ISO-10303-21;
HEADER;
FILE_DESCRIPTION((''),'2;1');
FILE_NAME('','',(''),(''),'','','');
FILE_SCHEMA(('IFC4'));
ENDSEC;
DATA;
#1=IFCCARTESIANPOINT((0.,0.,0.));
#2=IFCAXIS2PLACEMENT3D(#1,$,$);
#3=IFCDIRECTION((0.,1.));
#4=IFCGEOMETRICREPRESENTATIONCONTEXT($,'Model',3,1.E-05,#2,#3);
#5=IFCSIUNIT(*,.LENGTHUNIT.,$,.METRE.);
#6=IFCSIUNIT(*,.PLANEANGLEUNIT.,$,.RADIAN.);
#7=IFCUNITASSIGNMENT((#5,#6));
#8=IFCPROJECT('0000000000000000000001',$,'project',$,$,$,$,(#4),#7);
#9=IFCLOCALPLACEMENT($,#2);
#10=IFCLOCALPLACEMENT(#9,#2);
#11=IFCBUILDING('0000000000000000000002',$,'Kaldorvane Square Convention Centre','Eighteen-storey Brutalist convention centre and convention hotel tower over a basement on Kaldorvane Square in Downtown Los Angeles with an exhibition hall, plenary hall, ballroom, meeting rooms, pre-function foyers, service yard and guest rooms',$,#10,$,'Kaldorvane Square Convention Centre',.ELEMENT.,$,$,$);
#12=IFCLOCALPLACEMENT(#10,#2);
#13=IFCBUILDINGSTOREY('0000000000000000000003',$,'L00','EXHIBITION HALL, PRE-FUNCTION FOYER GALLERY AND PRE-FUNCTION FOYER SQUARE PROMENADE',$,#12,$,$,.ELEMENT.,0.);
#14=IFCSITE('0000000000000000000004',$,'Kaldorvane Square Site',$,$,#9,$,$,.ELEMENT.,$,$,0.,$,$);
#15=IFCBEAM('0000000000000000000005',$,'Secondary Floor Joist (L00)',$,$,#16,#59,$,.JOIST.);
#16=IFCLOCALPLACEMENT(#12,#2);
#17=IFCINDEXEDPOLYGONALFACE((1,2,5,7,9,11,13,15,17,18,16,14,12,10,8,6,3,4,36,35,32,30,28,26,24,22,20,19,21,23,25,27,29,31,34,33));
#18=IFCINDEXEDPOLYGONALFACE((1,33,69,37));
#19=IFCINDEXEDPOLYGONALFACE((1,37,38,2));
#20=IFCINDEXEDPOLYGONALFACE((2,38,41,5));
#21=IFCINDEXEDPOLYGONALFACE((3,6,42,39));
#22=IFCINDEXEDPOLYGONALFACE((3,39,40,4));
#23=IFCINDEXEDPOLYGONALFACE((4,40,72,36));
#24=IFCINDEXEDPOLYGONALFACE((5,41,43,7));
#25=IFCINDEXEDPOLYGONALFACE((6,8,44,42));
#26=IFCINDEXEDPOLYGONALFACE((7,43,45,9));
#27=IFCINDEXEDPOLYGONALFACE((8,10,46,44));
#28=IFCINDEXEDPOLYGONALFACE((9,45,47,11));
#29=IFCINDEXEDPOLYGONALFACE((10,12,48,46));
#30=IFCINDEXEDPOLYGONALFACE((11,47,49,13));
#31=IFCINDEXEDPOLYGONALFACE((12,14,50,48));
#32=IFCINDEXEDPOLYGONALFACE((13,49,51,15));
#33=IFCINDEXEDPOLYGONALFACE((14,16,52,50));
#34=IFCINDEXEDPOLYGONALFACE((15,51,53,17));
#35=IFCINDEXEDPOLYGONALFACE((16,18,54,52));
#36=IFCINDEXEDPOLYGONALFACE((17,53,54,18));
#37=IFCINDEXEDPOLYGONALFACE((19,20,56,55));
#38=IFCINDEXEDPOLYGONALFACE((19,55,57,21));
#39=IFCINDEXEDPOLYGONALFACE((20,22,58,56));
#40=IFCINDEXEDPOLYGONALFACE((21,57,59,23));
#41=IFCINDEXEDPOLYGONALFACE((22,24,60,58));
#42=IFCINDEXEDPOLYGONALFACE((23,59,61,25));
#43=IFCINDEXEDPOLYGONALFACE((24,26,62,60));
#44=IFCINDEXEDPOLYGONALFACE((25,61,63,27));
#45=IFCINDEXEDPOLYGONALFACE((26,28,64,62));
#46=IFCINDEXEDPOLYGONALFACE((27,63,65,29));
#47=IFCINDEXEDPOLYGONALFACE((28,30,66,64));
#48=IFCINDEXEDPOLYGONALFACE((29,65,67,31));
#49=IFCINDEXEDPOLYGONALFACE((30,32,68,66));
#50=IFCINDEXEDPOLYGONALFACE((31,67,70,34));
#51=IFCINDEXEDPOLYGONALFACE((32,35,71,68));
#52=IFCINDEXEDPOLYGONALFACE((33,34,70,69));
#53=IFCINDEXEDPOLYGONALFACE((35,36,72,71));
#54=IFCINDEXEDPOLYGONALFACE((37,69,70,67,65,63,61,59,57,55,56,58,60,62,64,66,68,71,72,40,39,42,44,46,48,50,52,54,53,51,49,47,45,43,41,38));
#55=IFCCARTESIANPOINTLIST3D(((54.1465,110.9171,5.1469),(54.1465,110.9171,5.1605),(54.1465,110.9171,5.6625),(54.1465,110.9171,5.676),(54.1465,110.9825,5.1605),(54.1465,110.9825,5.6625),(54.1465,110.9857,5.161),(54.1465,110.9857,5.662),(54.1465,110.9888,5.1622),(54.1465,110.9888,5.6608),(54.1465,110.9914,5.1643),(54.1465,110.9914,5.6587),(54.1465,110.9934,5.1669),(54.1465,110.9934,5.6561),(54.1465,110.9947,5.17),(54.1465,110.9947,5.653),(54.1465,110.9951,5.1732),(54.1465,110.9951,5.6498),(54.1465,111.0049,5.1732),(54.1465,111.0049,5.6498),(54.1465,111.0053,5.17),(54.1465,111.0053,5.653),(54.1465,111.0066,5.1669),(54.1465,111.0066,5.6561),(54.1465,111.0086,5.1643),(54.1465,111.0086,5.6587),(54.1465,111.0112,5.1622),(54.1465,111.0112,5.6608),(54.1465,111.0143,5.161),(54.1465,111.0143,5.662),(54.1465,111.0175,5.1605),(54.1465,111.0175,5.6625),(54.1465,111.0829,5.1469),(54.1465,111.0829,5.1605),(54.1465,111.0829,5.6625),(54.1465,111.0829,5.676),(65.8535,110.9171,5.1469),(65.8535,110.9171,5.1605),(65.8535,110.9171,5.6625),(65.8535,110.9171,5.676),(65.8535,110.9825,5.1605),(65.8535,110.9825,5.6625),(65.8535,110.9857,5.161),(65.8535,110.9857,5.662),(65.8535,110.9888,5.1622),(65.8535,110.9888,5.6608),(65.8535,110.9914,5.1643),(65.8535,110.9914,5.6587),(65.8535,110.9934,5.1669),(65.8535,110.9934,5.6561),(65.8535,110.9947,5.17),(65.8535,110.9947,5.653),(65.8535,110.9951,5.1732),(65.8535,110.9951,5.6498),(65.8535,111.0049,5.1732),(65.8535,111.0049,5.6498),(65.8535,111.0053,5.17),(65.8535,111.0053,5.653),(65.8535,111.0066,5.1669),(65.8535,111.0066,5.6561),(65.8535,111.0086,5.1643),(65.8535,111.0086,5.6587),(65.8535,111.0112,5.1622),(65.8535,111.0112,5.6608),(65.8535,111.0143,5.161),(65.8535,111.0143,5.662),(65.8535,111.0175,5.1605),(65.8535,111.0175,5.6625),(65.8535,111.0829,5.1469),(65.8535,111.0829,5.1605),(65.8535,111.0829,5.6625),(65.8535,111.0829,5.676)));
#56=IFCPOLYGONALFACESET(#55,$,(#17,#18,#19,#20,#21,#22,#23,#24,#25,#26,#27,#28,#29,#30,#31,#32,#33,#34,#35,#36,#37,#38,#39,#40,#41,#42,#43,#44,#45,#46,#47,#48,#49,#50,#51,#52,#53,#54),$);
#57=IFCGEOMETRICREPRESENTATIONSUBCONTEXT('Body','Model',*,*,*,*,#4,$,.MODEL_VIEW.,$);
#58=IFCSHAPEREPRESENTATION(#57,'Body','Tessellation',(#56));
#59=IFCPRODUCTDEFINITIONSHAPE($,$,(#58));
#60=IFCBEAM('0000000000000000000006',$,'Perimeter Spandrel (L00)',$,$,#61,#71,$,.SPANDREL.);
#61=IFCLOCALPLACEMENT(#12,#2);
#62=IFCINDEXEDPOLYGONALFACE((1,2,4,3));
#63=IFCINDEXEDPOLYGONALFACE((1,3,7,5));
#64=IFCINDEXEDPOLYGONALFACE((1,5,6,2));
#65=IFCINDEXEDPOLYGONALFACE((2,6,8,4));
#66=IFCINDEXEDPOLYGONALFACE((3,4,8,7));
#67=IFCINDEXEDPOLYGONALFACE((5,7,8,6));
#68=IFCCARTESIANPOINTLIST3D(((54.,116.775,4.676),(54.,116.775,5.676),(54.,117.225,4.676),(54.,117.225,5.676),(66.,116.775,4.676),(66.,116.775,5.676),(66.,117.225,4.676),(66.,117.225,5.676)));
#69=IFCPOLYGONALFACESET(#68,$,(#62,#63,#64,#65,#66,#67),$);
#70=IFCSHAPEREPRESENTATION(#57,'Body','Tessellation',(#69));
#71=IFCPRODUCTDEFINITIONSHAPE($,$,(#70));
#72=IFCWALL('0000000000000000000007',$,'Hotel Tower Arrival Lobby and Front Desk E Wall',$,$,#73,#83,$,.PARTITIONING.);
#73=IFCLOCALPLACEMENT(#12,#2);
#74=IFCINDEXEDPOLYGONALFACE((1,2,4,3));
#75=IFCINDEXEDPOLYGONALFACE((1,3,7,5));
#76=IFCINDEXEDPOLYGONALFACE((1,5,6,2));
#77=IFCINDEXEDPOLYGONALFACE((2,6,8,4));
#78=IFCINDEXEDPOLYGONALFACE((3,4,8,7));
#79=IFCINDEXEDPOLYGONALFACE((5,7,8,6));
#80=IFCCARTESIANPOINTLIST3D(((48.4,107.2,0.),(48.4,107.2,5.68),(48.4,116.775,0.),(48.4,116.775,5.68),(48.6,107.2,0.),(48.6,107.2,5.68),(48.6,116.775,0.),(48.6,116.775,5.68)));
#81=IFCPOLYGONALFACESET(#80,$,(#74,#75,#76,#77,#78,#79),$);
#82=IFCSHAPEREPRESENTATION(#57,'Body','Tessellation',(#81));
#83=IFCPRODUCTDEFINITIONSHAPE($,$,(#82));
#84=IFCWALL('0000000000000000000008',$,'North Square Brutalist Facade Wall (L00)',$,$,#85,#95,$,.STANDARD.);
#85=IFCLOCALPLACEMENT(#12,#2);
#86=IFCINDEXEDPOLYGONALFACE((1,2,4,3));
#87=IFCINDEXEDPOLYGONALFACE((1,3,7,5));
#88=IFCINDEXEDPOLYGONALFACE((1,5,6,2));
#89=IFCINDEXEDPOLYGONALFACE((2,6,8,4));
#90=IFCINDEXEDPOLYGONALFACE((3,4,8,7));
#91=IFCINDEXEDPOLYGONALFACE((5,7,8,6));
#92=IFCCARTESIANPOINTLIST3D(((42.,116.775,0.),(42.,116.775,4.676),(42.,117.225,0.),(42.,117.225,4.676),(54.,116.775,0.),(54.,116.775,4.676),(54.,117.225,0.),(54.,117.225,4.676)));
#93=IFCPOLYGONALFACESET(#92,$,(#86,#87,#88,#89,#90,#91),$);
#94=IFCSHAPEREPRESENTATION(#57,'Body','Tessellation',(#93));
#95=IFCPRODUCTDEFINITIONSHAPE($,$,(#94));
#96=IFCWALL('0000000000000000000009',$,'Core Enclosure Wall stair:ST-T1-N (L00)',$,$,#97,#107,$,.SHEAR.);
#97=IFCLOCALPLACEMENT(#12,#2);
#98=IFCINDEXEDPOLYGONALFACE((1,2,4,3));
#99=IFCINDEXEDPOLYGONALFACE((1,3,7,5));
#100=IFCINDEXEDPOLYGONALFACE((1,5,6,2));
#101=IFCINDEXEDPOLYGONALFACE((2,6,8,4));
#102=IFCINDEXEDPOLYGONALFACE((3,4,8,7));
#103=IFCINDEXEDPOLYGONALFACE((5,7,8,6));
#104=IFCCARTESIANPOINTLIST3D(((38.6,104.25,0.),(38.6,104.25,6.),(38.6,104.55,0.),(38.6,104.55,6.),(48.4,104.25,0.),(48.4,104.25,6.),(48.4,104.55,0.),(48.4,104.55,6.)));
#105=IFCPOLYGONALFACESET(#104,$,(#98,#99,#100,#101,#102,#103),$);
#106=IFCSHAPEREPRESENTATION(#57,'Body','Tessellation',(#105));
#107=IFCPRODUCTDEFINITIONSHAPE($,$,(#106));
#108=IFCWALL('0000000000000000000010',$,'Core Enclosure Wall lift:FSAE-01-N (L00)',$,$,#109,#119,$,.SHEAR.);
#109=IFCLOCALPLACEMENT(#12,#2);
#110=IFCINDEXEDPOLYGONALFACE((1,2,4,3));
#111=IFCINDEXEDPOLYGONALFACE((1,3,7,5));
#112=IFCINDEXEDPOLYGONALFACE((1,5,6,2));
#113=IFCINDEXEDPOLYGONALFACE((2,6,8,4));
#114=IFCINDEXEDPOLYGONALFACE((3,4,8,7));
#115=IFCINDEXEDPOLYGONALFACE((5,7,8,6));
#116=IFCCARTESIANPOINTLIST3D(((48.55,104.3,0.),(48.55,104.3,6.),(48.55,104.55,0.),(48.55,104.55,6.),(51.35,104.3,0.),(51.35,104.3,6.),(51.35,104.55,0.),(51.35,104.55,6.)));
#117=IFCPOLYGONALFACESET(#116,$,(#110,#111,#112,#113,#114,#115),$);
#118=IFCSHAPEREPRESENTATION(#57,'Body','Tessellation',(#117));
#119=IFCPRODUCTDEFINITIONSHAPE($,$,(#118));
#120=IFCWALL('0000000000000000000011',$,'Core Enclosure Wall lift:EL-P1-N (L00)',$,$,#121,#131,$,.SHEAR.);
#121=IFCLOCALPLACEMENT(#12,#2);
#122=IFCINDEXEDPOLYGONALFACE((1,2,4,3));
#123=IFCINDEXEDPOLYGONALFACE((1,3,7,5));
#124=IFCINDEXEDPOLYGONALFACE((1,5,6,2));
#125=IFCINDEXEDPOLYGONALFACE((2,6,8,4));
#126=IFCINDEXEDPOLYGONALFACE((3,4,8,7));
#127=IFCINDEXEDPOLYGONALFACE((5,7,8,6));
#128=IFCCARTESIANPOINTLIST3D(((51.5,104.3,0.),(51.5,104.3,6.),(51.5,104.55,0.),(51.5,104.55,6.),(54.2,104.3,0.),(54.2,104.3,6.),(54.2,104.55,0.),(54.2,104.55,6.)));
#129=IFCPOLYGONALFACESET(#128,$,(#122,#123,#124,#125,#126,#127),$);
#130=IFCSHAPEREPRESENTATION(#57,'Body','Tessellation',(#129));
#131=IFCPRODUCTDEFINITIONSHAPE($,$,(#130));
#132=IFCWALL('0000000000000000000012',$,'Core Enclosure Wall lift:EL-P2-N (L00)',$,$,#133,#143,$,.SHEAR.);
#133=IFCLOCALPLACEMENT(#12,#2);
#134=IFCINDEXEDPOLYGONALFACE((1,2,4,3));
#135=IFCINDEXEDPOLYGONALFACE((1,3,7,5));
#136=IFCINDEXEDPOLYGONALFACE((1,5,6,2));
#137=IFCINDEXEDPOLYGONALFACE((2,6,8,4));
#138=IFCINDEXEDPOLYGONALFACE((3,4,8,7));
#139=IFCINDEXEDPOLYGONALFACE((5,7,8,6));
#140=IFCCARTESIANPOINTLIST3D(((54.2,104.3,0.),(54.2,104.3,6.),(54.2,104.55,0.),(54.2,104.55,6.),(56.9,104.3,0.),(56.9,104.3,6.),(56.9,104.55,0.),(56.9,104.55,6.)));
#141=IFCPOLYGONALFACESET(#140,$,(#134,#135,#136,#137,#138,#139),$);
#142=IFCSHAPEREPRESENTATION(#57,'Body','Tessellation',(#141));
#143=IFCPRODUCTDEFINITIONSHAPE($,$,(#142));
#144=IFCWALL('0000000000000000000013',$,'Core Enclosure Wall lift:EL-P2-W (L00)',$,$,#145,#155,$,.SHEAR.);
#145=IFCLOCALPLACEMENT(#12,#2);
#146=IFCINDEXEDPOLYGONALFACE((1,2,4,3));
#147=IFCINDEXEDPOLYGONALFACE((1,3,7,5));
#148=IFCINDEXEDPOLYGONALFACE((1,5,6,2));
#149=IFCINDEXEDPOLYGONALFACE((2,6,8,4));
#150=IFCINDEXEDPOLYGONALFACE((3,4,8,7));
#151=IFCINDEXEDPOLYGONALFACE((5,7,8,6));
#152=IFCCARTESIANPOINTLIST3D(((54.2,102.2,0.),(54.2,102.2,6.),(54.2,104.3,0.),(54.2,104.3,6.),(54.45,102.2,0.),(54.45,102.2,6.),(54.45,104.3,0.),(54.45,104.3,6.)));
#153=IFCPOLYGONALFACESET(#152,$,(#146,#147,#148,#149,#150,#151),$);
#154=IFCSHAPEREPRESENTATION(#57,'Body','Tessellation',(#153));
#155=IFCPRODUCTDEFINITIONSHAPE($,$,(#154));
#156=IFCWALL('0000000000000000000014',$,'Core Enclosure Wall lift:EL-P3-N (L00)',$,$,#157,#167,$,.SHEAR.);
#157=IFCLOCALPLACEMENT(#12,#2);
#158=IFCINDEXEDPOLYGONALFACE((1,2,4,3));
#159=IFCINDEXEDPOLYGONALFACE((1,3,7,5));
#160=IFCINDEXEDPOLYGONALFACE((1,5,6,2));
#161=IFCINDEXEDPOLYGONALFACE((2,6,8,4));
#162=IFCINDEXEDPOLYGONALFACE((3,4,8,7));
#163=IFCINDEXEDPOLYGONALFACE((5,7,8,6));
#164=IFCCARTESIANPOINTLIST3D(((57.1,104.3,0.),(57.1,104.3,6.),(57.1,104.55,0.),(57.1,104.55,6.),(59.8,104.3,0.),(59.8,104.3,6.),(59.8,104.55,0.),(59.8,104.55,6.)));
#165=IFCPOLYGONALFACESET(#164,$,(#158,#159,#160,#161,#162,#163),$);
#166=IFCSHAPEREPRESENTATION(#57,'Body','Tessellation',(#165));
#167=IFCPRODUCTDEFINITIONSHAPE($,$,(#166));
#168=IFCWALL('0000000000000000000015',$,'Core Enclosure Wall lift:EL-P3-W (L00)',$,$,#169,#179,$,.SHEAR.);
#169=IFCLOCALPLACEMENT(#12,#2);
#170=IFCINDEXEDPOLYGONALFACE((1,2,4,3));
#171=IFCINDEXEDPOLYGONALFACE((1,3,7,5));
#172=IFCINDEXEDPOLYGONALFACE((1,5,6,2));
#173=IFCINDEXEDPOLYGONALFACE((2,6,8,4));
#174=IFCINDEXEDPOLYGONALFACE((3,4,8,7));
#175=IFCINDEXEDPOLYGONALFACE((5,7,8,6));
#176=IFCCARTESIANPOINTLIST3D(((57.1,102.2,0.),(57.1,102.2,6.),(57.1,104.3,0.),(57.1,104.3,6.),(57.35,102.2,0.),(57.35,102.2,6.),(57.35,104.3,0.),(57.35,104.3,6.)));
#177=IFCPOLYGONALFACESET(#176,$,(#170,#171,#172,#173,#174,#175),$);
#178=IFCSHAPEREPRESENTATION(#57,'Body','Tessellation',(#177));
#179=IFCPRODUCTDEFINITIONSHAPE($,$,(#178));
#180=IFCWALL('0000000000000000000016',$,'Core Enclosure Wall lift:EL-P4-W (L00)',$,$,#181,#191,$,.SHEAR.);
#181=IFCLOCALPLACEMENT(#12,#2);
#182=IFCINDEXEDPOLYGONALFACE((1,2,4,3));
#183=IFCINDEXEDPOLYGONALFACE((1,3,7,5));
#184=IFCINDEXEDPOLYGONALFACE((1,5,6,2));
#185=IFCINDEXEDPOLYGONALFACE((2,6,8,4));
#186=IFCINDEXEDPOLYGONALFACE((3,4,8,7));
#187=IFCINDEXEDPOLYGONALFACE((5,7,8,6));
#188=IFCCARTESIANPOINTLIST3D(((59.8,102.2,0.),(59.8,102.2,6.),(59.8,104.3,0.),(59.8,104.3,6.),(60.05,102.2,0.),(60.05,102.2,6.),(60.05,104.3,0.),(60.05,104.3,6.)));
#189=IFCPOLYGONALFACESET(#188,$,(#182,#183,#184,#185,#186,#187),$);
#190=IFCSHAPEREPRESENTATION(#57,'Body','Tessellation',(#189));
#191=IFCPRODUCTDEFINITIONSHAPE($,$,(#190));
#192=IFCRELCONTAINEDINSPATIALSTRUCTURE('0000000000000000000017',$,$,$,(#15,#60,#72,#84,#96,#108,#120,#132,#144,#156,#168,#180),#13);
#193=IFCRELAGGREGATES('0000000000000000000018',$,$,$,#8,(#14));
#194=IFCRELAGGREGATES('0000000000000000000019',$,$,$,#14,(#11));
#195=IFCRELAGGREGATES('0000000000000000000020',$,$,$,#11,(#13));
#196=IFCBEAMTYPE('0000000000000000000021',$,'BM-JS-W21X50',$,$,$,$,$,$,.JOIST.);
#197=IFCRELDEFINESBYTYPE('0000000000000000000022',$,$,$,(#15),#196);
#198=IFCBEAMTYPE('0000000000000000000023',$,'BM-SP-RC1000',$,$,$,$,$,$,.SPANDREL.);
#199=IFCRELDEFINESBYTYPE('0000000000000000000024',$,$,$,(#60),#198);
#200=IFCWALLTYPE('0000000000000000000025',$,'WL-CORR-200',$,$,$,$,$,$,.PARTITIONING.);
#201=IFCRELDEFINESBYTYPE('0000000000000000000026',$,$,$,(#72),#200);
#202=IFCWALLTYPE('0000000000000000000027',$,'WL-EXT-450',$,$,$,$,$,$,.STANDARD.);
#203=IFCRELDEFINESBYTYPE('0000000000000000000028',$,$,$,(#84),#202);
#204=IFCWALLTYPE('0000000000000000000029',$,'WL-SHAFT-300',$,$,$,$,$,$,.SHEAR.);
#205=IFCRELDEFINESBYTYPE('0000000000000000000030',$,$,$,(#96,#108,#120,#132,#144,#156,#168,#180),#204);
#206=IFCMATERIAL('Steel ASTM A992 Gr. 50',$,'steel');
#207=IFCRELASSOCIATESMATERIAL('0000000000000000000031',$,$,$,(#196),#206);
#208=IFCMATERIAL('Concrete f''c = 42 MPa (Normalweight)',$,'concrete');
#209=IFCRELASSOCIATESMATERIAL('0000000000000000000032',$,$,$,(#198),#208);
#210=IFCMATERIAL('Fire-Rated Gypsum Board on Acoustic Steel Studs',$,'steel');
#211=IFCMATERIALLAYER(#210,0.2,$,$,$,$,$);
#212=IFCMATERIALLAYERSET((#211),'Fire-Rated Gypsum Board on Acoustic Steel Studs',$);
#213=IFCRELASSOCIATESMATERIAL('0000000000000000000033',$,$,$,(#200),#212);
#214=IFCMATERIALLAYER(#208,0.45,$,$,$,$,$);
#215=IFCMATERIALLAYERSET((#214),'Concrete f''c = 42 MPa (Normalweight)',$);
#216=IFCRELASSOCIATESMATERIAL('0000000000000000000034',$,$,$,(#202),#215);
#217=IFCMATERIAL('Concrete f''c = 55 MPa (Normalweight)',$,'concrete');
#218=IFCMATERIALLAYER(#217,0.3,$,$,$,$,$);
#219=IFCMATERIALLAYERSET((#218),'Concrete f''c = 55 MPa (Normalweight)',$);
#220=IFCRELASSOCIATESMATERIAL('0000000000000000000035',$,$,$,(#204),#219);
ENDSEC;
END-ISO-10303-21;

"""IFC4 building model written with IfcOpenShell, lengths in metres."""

from ifc_helpers import new_model, si_unit, direction, frame, frame_2d, origin, origin_2d, place, context, subcontext, project, spatial, rectangle, i_section, extrude, material, layer, layer_set, material_profile, profile_set, type_object, element, save


model = new_model("IFC4")

# Units and contexts
model_context = context("Model", 3, precision=1e-05, world=origin(), true_north=direction((0.0, 1.0)))
body_context = subcontext(model_context, "Body", "Model", "MODEL_VIEW")
ifc_project = project(units=[si_unit("LENGTHUNIT", "METRE"), si_unit("PLANEANGLEUNIT", "RADIAN")], contexts=[model_context])

# Site, building, storey
site_placement = place(None, origin())
site = spatial("IfcSite", under=ifc_project, at=site_placement, Name="Kaldorvane Square Site", CompositionType="ELEMENT", RefElevation=0.0)
building_placement = place(site_placement, origin())
building = spatial("IfcBuilding", under=site, at=building_placement, Name="Kaldorvane Square Convention Centre", Description="Eighteen-storey Brutalist convention centre and convention hotel tower over a basement on Kaldorvane Square in Downtown Los Angeles with an exhibition hall, plenary hall, ballroom, meeting rooms, pre-function foyers, service yard and guest rooms", LongName="Kaldorvane Square Convention Centre", CompositionType="ELEMENT")
storey_placement = place(building_placement, origin())
storey = spatial("IfcBuildingStorey", under=building, at=storey_placement, Name="L00", Description="EXHIBITION HALL, PRE-FUNCTION FOYER GALLERY AND PRE-FUNCTION FOYER SQUARE PROMENADE", CompositionType="ELEMENT", Elevation=0.0)

# Shared definitions
ifc_material_1 = material(Name="Concrete f'c = 55 MPa (Normalweight)", Category="concrete")
ifc_material_2 = material(Name="Steel ASTM A992 Gr. 50", Category="steel")

# Beams
ifc_material_profile_1 = material_profile(ifc_material_2, i_section(OverallWidth=0.1659, OverallDepth=0.5291, WebThickness=0.0097, FlangeThickness=0.0136, FilletRadius=0.0127, at=origin_2d()), Name="W21X50")
ifc_profile_set_1 = profile_set([ifc_material_profile_1], Name="Steel ASTM A992 Gr. 50")
beam_type_1 = type_object("IfcBeamType", Name="BM-JS-W21X50", PredefinedType="JOIST", material=ifc_profile_set_1)
beam_1_placement = place(storey_placement, frame((54.1465, 111.0, 5.4115), z_axis=(1.0, 0.0, 0.0), x_axis=(0.0, 1.0, 0.0)))
element("IfcBeam", 1, at=beam_1_placement, inside=storey, type_object=beam_type_1, Name="Secondary Floor Joist (L00)", PredefinedType="JOIST", context=body_context, shape_type="SweptSolid", body=[
    extrude(i_section(OverallWidth=0.1659, OverallDepth=0.5291, WebThickness=0.0097, FlangeThickness=0.0136, FilletRadius=0.0127, at=origin_2d()), origin(), (0.0, 0.0, 1.0), 11.707),
])
ifc_material_3 = material(Name="Concrete f'c = 42 MPa (Normalweight)", Category="concrete")
ifc_material_profile_2 = material_profile(ifc_material_3, rectangle(XDim=0.45, YDim=1.0, at=origin_2d()), Name="RCSP1000X450")
ifc_profile_set_2 = profile_set([ifc_material_profile_2], Name="Concrete f'c = 42 MPa (Normalweight)")
beam_type_2 = type_object("IfcBeamType", Name="BM-SP-RC1000", PredefinedType="SPANDREL", material=ifc_profile_set_2)
beam_2_placement = place(storey_placement, frame((54.0, 117.0, 5.176), z_axis=(1.0, 0.0, 0.0), x_axis=(0.0, 1.0, 0.0)))
element("IfcBeam", 2, at=beam_2_placement, inside=storey, type_object=beam_type_2, Name="Perimeter Spandrel (L00)", PredefinedType="SPANDREL", context=body_context, shape_type="SweptSolid", body=[
    extrude(rectangle(XDim=0.45, YDim=1.0, at=origin_2d()), origin(), (0.0, 0.0, 1.0), 12.0),
])

# Walls
ifc_material_4 = material(Name="Fire-Rated Gypsum Board on Acoustic Steel Studs", Category="steel")
ifc_layer_1 = layer(ifc_material_4, 0.2)
ifc_layer_set_1 = layer_set([ifc_layer_1], Name="Fire-Rated Gypsum Board on Acoustic Steel Studs")
wall_type_1 = type_object("IfcWallType", Name="WL-CORR-200", PredefinedType="PARTITIONING", material=ifc_layer_set_1)
wall_1_placement = place(storey_placement, frame((48.5, 107.2, 0.0), z_axis=(0.0, 0.0, 1.0), x_axis=(0.0, 1.0, 0.0)))
element("IfcWall", 3, at=wall_1_placement, inside=storey, type_object=wall_type_1, Name="Hotel Tower Arrival Lobby and Front Desk E Wall", PredefinedType="PARTITIONING", context=body_context, shape_type="SweptSolid", body=[
    extrude(rectangle(XDim=9.575, YDim=0.2, at=frame_2d((4.7875, 0.0))), origin(), (0.0, 0.0, 1.0), 5.68),
])
ifc_layer_2 = layer(ifc_material_3, 0.45)
ifc_layer_set_2 = layer_set([ifc_layer_2], Name="Concrete f'c = 42 MPa (Normalweight)")
wall_type_2 = type_object("IfcWallType", Name="WL-EXT-450", PredefinedType="STANDARD", material=ifc_layer_set_2)
wall_2_placement = place(storey_placement, frame((54.0, 117.0, 0.0), z_axis=(0.0, 0.0, 1.0), x_axis=(-1.0, 0.0, 0.0)))
element("IfcWall", 4, at=wall_2_placement, inside=storey, type_object=wall_type_2, Name="North Square Brutalist Facade Wall (L00)", PredefinedType="STANDARD", context=body_context, shape_type="SweptSolid", body=[
    extrude(rectangle(XDim=12.0, YDim=0.45, at=frame_2d((6.0, 0.0))), origin(), (0.0, 0.0, 1.0), 4.676),
])
ifc_layer_3 = layer(ifc_material_1, 0.3)
ifc_layer_set_3 = layer_set([ifc_layer_3], Name="Concrete f'c = 55 MPa (Normalweight)")
wall_type_3 = type_object("IfcWallType", Name="WL-SHAFT-300", PredefinedType="SHEAR", material=ifc_layer_set_3)
wall_3_placement = place(storey_placement, frame((48.4, 104.4, 0.0), z_axis=(0.0, 0.0, 1.0), x_axis=(-1.0, 0.0, 0.0)))
element("IfcWall", 5, at=wall_3_placement, inside=storey, type_object=wall_type_3, Name="Core Enclosure Wall stair:ST-T1-N (L00)", PredefinedType="SHEAR", context=body_context, shape_type="SweptSolid", body=[
    extrude(rectangle(XDim=9.8, YDim=0.3, at=frame_2d((4.9, 0.0))), origin(), (0.0, 0.0, 1.0), 6.0),
])
wall_4_placement = place(storey_placement, frame((51.35, 104.425, 0.0), z_axis=(0.0, 0.0, 1.0), x_axis=(-1.0, 0.0, 0.0)))
element("IfcWall", 6, at=wall_4_placement, inside=storey, type_object=wall_type_3, Name="Core Enclosure Wall lift:FSAE-01-N (L00)", PredefinedType="SHEAR", context=body_context, shape_type="SweptSolid", body=[
    extrude(rectangle(XDim=2.8, YDim=0.25, at=frame_2d((1.4, 0.0))), origin(), (0.0, 0.0, 1.0), 6.0),
])
for number, where, z_axis, x_axis, name in (
    (7, (54.2, 104.425, 0.0), (0.0, 0.0, 1.0), (-1.0, 0.0, 0.0), "Core Enclosure Wall lift:EL-P1-N (L00)"),
    (8, (56.9, 104.425, 0.0), (0.0, 0.0, 1.0), (-1.0, 0.0, 0.0), "Core Enclosure Wall lift:EL-P2-N (L00)"),
):
    element("IfcWall", number, at=place(storey_placement, frame(where, z_axis=z_axis, x_axis=x_axis)), inside=storey, type_object=wall_type_3, Name=name, PredefinedType="SHEAR", context=body_context, shape_type="SweptSolid", body=[
        extrude(rectangle(XDim=2.7, YDim=0.25, at=frame_2d((1.35, 0.0))), origin(), (0.0, 0.0, 1.0), 6.0),
    ])
wall_5_placement = place(storey_placement, frame((54.325, 104.3, 0.0), z_axis=(0.0, 0.0, 1.0), x_axis=(0.0, -1.0, 0.0)))
element("IfcWall", 9, at=wall_5_placement, inside=storey, type_object=wall_type_3, Name="Core Enclosure Wall lift:EL-P2-W (L00)", PredefinedType="SHEAR", context=body_context, shape_type="SweptSolid", body=[
    extrude(rectangle(XDim=2.1, YDim=0.25, at=frame_2d((1.05, 0.0))), origin(), (0.0, 0.0, 1.0), 6.0),
])
wall_6_placement = place(storey_placement, frame((59.8, 104.425, 0.0), z_axis=(0.0, 0.0, 1.0), x_axis=(-1.0, 0.0, 0.0)))
element("IfcWall", 10, at=wall_6_placement, inside=storey, type_object=wall_type_3, Name="Core Enclosure Wall lift:EL-P3-N (L00)", PredefinedType="SHEAR", context=body_context, shape_type="SweptSolid", body=[
    extrude(rectangle(XDim=2.7, YDim=0.25, at=frame_2d((1.35, 0.0))), origin(), (0.0, 0.0, 1.0), 6.0),
])
for number, where, z_axis, x_axis, name in (
    (11, (57.225, 104.3, 0.0), (0.0, 0.0, 1.0), (0.0, -1.0, 0.0), "Core Enclosure Wall lift:EL-P3-W (L00)"),
    (12, (59.925, 104.3, 0.0), (0.0, 0.0, 1.0), (0.0, -1.0, 0.0), "Core Enclosure Wall lift:EL-P4-W (L00)"),
):
    element("IfcWall", number, at=place(storey_placement, frame(where, z_axis=z_axis, x_axis=x_axis)), inside=storey, type_object=wall_type_3, Name=name, PredefinedType="SHEAR", context=body_context, shape_type="SweptSolid", body=[
        extrude(rectangle(XDim=2.1, YDim=0.25, at=frame_2d((1.05, 0.0))), origin(), (0.0, 0.0, 1.0), 6.0),
    ])

save(model, "model.ifc")
